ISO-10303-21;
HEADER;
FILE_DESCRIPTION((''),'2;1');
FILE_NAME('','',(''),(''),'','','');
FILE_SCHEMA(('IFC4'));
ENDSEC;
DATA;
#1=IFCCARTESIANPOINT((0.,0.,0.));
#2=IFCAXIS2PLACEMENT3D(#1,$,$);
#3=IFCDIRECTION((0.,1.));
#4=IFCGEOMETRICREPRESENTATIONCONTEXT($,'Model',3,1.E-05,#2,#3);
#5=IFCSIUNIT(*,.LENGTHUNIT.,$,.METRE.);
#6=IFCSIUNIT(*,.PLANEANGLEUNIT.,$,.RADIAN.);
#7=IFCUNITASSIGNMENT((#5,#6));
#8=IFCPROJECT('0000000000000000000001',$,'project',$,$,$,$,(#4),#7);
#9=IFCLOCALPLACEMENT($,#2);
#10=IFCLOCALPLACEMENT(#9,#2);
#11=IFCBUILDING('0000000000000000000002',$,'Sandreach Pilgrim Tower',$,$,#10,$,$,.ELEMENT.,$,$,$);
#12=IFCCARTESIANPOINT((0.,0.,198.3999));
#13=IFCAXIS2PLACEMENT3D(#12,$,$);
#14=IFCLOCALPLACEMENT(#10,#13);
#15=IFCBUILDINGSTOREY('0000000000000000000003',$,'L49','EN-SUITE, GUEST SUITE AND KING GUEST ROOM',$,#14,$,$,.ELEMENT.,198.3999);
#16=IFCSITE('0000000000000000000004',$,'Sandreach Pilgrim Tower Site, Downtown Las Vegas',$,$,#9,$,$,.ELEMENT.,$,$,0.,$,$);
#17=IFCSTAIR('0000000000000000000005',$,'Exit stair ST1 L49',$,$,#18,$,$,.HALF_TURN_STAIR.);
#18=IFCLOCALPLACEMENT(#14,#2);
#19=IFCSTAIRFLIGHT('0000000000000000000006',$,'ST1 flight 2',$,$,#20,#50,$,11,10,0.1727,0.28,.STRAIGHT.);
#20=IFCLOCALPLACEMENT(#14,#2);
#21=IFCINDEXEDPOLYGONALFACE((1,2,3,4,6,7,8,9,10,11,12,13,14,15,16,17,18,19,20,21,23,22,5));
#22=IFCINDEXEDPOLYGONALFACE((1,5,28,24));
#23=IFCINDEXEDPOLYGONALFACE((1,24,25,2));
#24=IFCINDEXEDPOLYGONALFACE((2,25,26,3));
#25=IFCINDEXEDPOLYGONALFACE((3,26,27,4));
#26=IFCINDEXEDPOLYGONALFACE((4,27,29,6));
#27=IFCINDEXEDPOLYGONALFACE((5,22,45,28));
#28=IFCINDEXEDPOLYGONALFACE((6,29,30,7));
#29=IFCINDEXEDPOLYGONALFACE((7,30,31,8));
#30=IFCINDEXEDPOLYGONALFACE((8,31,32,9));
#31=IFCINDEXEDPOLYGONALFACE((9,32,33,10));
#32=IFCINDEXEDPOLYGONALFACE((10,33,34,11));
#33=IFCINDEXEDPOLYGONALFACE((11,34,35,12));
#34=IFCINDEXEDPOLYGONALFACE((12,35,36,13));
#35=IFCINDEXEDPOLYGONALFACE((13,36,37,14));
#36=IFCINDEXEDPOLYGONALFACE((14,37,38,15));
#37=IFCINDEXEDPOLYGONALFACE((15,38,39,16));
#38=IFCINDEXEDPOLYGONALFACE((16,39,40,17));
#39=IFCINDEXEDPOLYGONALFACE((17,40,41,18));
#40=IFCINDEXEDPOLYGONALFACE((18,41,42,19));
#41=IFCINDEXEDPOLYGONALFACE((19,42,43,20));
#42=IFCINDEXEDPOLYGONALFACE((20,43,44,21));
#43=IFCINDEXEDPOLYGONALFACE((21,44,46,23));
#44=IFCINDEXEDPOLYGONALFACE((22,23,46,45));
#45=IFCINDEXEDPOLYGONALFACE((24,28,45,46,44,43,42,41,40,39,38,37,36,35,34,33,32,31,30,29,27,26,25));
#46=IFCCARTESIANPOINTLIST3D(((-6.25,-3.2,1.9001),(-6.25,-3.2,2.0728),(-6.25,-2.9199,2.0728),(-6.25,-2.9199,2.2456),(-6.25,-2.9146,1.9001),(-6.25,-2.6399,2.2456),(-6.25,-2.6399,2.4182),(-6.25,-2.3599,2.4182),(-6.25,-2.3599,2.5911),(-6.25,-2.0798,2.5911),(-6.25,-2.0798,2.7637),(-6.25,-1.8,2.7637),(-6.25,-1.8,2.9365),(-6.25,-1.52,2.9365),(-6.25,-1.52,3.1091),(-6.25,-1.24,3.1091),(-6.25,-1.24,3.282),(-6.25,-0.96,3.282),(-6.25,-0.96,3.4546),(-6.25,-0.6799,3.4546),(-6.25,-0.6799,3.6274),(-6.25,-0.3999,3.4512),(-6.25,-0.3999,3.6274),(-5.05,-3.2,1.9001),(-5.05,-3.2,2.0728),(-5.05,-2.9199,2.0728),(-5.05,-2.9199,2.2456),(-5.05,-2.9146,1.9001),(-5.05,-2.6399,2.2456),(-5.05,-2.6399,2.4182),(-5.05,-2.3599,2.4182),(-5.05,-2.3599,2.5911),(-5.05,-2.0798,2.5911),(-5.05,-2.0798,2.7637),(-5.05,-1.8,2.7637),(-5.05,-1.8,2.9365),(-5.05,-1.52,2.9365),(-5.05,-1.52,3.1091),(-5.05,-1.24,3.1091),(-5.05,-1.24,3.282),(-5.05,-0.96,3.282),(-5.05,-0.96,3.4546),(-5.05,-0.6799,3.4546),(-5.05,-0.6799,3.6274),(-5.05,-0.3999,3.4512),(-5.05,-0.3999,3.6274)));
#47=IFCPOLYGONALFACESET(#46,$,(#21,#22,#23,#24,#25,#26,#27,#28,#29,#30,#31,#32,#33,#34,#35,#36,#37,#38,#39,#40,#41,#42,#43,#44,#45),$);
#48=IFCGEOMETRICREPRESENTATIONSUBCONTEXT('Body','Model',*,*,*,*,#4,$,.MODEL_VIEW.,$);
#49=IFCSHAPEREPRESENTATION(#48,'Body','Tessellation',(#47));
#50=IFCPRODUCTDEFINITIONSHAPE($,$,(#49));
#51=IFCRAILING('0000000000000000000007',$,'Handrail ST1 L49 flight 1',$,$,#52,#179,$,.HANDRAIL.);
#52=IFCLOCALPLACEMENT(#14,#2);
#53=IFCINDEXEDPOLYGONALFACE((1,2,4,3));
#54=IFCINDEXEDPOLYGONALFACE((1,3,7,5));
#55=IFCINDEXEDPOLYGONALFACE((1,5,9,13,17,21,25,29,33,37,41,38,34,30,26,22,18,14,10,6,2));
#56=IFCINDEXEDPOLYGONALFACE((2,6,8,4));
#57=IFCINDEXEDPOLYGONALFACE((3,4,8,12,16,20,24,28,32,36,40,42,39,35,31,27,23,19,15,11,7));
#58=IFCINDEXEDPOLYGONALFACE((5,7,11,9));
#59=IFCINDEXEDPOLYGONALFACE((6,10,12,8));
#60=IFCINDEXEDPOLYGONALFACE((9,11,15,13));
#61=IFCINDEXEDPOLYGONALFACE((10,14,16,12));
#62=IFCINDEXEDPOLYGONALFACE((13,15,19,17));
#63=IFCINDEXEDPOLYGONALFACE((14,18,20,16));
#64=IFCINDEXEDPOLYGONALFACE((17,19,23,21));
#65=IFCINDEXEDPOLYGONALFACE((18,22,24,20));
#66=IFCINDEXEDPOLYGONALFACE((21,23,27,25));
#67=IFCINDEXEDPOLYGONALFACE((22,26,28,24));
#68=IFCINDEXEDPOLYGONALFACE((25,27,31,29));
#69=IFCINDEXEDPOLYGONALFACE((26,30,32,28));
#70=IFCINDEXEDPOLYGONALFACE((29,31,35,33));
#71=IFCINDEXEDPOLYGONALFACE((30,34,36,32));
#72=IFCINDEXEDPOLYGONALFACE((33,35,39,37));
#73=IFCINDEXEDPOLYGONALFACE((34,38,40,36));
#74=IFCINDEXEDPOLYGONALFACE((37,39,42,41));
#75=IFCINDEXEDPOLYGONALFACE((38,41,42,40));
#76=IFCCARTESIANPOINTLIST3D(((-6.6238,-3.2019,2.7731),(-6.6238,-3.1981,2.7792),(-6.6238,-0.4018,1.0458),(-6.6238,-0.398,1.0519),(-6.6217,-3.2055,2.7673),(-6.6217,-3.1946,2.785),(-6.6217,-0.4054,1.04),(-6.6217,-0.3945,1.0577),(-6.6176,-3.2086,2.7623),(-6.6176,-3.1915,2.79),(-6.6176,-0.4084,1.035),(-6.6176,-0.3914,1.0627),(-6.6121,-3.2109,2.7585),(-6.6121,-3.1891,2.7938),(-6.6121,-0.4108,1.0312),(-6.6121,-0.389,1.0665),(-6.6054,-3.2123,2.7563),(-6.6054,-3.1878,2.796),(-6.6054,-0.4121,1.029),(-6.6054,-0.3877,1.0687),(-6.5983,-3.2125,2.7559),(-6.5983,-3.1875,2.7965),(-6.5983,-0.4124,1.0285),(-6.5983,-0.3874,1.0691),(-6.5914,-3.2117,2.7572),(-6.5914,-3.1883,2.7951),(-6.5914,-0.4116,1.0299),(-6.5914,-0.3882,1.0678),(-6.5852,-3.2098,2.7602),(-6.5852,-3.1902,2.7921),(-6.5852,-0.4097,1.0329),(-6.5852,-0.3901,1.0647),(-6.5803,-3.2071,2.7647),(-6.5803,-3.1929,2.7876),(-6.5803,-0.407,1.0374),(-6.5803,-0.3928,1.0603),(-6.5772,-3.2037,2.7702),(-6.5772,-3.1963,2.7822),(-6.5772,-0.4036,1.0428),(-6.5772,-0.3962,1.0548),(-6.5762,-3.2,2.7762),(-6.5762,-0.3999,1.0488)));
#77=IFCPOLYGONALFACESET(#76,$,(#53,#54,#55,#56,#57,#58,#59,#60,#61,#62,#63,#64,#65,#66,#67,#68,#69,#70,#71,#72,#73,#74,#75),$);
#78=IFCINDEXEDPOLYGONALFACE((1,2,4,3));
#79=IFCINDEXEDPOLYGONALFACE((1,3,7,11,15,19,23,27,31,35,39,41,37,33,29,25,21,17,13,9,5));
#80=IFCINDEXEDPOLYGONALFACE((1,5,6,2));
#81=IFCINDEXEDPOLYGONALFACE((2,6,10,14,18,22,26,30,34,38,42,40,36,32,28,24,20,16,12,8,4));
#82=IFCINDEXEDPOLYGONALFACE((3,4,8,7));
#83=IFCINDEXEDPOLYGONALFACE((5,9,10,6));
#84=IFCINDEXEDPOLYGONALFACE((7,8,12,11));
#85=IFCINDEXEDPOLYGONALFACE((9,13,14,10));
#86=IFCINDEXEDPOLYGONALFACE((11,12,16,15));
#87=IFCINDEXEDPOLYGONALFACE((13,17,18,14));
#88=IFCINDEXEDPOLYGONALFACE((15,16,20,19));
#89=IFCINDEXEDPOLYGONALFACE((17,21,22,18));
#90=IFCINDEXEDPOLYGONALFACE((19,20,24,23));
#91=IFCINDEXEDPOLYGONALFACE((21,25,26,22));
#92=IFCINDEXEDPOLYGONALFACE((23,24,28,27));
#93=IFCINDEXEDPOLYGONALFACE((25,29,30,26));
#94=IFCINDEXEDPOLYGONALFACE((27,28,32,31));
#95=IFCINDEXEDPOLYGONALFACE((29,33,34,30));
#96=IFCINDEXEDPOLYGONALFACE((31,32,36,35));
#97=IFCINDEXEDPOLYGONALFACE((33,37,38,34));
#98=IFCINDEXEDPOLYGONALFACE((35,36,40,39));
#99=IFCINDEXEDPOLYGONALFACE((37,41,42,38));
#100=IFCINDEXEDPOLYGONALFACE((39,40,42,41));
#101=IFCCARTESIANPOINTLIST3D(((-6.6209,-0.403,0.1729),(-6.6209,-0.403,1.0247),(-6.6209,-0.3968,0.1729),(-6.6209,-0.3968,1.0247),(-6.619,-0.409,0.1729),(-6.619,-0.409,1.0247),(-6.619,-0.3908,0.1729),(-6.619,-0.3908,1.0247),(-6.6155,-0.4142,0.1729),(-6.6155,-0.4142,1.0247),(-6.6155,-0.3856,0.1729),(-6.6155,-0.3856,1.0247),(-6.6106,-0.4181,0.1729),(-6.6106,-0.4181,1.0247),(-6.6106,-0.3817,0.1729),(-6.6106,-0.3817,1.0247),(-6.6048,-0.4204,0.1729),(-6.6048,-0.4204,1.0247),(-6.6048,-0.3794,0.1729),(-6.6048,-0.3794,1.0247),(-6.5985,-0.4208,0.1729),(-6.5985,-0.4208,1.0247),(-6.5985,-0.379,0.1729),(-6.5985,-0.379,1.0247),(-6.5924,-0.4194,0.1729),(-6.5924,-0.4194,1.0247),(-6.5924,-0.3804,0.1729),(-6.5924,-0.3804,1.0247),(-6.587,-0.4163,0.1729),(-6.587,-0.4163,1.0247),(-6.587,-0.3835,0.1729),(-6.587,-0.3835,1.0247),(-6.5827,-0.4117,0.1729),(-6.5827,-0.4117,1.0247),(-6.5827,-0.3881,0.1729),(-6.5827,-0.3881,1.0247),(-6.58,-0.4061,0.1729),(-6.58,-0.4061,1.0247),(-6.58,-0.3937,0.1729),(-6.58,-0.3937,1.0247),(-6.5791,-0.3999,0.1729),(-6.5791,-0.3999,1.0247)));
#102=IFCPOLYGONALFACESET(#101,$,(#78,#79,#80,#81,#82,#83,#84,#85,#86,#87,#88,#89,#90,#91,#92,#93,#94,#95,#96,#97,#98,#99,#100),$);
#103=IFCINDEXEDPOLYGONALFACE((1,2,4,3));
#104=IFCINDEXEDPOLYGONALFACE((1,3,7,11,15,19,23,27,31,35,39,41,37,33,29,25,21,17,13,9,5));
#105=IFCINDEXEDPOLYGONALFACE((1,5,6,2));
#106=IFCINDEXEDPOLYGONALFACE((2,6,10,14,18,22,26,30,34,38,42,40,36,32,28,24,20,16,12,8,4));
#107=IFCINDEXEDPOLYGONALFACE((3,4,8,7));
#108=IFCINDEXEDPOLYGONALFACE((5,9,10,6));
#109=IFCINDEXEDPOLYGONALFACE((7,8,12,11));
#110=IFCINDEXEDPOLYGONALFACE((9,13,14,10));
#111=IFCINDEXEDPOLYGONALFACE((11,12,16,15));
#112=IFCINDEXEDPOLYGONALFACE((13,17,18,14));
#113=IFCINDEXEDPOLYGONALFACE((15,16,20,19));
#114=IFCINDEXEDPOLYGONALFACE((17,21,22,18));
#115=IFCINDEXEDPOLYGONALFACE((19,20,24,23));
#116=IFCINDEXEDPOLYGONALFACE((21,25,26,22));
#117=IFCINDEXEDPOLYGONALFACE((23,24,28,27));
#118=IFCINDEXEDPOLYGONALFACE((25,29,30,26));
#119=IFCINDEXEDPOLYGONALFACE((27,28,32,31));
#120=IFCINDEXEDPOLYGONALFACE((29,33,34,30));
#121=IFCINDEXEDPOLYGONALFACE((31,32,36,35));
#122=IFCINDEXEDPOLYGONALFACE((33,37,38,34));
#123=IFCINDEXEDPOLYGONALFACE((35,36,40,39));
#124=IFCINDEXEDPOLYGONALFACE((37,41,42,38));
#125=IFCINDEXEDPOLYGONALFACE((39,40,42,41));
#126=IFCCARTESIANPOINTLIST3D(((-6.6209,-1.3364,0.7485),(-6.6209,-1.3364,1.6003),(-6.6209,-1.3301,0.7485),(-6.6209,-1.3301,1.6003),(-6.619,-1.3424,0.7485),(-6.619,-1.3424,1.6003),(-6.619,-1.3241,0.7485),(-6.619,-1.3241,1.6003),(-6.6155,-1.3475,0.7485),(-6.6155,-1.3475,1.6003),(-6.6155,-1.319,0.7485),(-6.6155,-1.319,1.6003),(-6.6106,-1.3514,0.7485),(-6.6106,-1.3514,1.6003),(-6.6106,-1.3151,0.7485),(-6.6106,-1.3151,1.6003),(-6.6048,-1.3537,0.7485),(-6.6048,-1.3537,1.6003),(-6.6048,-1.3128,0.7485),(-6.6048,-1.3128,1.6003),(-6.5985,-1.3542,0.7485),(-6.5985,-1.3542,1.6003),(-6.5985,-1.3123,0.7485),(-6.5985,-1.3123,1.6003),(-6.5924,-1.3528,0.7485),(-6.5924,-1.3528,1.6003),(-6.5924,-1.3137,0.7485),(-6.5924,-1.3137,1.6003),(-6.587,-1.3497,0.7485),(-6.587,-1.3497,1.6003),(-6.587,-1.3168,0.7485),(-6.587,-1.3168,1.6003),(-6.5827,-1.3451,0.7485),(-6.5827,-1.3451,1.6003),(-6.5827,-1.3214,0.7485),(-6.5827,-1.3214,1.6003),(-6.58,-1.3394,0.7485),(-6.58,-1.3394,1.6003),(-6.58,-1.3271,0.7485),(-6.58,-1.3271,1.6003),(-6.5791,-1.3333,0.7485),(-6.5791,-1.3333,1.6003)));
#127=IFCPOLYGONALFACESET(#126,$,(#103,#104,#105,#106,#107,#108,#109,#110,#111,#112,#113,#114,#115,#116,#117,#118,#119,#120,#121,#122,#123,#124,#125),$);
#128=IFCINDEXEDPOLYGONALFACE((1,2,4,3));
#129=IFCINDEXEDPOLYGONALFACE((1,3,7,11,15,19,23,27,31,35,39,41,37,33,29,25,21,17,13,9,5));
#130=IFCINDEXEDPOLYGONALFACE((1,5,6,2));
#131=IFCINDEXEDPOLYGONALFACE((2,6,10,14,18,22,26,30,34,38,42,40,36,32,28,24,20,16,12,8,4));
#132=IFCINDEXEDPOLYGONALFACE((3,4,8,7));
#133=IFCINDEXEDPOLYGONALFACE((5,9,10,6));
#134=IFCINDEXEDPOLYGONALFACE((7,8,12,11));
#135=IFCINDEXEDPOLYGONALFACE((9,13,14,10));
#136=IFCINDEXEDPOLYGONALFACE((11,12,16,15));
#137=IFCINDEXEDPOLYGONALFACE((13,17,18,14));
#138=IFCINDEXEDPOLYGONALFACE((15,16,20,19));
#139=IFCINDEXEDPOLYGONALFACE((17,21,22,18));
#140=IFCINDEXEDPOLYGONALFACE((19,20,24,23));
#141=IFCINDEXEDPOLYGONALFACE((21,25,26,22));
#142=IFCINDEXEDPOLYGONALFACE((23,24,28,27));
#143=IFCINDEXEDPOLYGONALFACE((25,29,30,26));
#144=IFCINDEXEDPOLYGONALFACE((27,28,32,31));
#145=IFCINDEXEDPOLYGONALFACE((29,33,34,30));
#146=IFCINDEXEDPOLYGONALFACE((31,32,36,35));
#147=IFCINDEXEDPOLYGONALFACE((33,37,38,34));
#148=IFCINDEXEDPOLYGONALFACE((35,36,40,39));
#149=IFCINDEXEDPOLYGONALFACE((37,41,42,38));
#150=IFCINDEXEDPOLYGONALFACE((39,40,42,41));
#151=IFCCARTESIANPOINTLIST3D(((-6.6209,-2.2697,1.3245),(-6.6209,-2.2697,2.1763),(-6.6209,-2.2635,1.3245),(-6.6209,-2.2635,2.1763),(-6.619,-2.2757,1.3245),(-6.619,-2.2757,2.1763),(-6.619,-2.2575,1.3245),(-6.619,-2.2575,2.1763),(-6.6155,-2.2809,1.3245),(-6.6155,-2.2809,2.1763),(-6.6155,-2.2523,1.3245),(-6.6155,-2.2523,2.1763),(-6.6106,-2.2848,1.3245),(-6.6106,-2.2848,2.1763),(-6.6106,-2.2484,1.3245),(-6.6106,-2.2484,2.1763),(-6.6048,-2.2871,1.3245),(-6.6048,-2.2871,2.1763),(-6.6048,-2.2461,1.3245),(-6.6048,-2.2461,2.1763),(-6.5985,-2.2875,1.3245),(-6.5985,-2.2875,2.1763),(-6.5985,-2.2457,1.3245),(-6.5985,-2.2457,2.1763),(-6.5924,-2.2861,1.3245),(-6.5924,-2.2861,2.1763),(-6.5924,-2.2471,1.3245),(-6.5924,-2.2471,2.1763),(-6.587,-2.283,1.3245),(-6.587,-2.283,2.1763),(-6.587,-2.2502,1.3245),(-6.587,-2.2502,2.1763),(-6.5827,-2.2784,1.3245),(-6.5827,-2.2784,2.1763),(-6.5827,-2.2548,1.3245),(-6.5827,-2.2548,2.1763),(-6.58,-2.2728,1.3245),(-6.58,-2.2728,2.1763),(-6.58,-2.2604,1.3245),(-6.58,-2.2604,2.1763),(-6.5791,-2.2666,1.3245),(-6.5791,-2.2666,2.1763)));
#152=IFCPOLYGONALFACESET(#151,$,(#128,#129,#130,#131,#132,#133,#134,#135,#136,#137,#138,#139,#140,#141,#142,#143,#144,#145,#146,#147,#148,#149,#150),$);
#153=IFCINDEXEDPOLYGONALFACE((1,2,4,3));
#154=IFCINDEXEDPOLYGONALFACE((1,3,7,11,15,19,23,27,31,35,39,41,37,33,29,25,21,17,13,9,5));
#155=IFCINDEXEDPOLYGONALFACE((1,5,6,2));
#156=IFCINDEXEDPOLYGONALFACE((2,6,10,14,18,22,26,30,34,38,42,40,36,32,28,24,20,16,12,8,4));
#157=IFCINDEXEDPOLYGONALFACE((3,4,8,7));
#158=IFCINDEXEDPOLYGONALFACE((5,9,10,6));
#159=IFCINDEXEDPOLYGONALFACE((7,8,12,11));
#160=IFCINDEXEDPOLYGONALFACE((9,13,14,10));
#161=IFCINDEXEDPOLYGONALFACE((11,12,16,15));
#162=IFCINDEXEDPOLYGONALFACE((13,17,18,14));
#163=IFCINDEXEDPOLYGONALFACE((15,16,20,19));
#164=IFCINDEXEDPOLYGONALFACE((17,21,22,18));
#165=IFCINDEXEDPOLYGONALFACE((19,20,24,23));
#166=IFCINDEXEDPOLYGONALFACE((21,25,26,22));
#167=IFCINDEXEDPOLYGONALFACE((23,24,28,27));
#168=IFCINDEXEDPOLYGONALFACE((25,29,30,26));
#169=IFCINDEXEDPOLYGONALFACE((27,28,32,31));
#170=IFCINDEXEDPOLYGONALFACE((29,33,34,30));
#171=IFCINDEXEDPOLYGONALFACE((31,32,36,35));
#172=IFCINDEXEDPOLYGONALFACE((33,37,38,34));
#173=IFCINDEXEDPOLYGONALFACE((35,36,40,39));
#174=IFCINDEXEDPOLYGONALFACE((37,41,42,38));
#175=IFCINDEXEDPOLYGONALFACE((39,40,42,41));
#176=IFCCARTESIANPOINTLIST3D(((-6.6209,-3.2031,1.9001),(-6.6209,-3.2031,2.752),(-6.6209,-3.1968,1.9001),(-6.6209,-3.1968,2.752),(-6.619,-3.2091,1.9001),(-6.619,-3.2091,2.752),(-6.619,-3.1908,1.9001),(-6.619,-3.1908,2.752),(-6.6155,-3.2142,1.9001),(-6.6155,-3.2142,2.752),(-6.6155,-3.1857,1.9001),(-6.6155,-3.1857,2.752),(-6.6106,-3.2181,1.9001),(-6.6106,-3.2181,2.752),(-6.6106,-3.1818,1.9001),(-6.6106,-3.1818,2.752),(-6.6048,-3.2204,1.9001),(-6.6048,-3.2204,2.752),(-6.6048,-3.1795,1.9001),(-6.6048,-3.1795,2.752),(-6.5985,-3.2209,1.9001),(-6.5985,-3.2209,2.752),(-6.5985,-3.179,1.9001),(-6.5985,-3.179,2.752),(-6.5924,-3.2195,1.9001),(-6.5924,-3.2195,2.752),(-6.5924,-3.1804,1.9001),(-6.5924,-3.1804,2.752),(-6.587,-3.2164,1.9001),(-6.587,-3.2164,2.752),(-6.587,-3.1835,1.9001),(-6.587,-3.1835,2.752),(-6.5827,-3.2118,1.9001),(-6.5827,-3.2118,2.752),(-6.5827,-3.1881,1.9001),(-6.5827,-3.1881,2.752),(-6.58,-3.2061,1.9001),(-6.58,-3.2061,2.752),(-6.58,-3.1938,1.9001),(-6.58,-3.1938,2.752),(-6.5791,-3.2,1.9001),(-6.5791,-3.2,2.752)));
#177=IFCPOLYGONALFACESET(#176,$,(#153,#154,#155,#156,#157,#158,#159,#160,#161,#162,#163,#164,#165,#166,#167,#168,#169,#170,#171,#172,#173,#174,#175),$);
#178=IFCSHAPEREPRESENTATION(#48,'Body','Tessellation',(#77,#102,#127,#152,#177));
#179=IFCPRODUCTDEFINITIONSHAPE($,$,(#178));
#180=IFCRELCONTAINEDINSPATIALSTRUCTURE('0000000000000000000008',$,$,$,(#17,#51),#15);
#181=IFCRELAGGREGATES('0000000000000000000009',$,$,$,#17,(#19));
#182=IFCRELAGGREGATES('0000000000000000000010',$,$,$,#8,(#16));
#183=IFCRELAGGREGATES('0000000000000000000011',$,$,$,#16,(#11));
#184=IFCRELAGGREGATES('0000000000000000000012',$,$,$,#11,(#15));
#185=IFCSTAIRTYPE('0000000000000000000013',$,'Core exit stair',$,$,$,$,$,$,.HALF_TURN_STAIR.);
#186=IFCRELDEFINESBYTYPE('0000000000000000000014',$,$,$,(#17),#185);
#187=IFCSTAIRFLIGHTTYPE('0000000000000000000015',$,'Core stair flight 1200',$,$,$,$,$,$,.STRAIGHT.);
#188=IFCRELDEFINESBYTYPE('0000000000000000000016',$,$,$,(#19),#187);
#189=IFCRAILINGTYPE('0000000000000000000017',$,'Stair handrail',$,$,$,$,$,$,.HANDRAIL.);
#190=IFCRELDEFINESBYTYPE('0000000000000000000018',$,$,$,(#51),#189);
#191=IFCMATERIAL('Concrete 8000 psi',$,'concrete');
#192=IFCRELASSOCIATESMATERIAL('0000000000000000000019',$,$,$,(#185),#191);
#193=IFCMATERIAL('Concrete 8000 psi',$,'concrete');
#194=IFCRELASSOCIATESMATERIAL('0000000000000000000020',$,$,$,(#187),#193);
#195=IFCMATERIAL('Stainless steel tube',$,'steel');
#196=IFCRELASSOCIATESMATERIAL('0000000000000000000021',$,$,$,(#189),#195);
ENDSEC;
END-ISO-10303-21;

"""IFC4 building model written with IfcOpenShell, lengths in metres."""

from ifc_helpers import new_model, si_unit, direction, frame, origin, origin_2d, place, context, subcontext, project, spatial, polyline, circle, outline, extrude, material, type_object, element, aggregate, save


model = new_model("IFC4")

# Units and contexts
model_context = context("Model", 3, precision=1e-05, world=origin(), true_north=direction((0.0, 1.0)))
body_context = subcontext(model_context, "Body", "Model", "MODEL_VIEW")
ifc_project = project(units=[si_unit("LENGTHUNIT", "METRE"), si_unit("PLANEANGLEUNIT", "RADIAN")], contexts=[model_context])

# Site, building, storey
site_placement = place(None, origin())
site = spatial("IfcSite", under=ifc_project, at=site_placement, Name="Sandreach Pilgrim Tower Site, Downtown Las Vegas", CompositionType="ELEMENT", RefElevation=0.0)
building_placement = place(site_placement, origin())
building = spatial("IfcBuilding", under=site, at=building_placement, Name="Sandreach Pilgrim Tower", CompositionType="ELEMENT")
storey_placement = place(building_placement, frame((0.0, 0.0, 198.3999)))
storey = spatial("IfcBuildingStorey", under=building, at=storey_placement, Name="L49", Description="EN-SUITE, GUEST SUITE AND KING GUEST ROOM", CompositionType="ELEMENT", Elevation=198.3999)

# Stair, stair flight
ifc_material_1 = material(Name="Concrete 8000 psi", Category="concrete")
stair_type = type_object("IfcStairType", Name="Core exit stair", PredefinedType="HALF_TURN_STAIR", material=ifc_material_1)
stair_placement = place(storey_placement, origin())
stair = element("IfcStair", 1, at=stair_placement, inside=storey, type_object=stair_type, Name="Exit stair ST1 L49", PredefinedType="HALF_TURN_STAIR")
ifc_material_2 = material(Name="Concrete 8000 psi", Category="concrete")
stair_flight_type = type_object("IfcStairFlightType", Name="Core stair flight 1200", PredefinedType="STRAIGHT", material=ifc_material_2)
stair_flight_1_placement = place(storey_placement, frame((-5.6499, -3.2, 1.9001), z_axis=(0.0, 0.0, 1.0), x_axis=(0.0, 1.0, 0.0)))
stair_flight_1 = element("IfcStairFlight", 2, at=stair_flight_1_placement, type_object=stair_flight_type, Name="ST1 flight 2", NumberOfRisers=11, NumberOfTreads=10, PredefinedType="STRAIGHT", RiserHeight=0.1727, TreadLength=0.28, context=body_context, shape_type="SweptSolid", body=[
    extrude(outline(polyline([(0.0, 0.0), (0.0, 0.1726), (0.28, 0.1726), (0.28, 0.3455), (0.5601, 0.3455), (0.5601, 0.5181), (0.8401, 0.5181), (0.8401, 0.6909), (1.1201, 0.6909), (1.1201, 0.8635), (1.3999, 0.8635), (1.3999, 1.0364), (1.6799, 1.0364), (1.6799, 1.209), (1.96, 1.209), (1.96, 1.3818), (2.24, 1.3818), (2.24, 1.5544), (2.52, 1.5544), (2.52, 1.7273), (2.8, 1.7273), (2.8, 1.8999), (2.8, 1.551), (0.2854, 0.0), (0.0, 0.0)])), frame((0.0, 0.6001, 0.0), z_axis=(0.0, -1.0, 0.0), x_axis=(1.0, 0.0, 0.0)), (0.0, 0.0, 1.0), 1.2),
])
aggregate(stair, [stair_flight_1])

# Railing
ifc_material_3 = material(Name="Stainless steel tube", Category="steel")
railing_type = type_object("IfcRailingType", Name="Stair handrail", PredefinedType="HANDRAIL", material=ifc_material_3)
for number, where, name in (
    (3, (-6.6001, -0.3999, 0.1729), "Handrail ST1 L49 flight 1"),
):
    element("IfcRailing", number, at=place(storey_placement, frame(where)), inside=storey, type_object=railing_type, Name=name, PredefinedType="HANDRAIL", context=body_context, shape_type="SweptSolid", body=[
        extrude(circle(Radius=0.0239, at=origin_2d()), frame((0.0, 0.0, 0.876), z_axis=(0.0, -0.85109, 0.52502), x_axis=(1.0, 0.0, 0.0)), (0.0, 0.0, 1.0), 3.29),
        extrude(circle(Radius=0.021, at=origin_2d()), origin(), (0.0, 0.0, 1.0), 0.8518),
        extrude(circle(Radius=0.021, at=origin_2d()), frame((0.0, -0.9333, 0.5757)), (0.0, 0.0, 1.0), 0.8518),
        extrude(circle(Radius=0.021, at=origin_2d()), frame((0.0, -1.8667, 1.1516)), (0.0, 0.0, 1.0), 0.8518),
        extrude(circle(Radius=0.021, at=origin_2d()), frame((0.0, -2.8, 1.7273)), (0.0, 0.0, 1.0), 0.8518),
    ])

save(model, "model.ifc")
